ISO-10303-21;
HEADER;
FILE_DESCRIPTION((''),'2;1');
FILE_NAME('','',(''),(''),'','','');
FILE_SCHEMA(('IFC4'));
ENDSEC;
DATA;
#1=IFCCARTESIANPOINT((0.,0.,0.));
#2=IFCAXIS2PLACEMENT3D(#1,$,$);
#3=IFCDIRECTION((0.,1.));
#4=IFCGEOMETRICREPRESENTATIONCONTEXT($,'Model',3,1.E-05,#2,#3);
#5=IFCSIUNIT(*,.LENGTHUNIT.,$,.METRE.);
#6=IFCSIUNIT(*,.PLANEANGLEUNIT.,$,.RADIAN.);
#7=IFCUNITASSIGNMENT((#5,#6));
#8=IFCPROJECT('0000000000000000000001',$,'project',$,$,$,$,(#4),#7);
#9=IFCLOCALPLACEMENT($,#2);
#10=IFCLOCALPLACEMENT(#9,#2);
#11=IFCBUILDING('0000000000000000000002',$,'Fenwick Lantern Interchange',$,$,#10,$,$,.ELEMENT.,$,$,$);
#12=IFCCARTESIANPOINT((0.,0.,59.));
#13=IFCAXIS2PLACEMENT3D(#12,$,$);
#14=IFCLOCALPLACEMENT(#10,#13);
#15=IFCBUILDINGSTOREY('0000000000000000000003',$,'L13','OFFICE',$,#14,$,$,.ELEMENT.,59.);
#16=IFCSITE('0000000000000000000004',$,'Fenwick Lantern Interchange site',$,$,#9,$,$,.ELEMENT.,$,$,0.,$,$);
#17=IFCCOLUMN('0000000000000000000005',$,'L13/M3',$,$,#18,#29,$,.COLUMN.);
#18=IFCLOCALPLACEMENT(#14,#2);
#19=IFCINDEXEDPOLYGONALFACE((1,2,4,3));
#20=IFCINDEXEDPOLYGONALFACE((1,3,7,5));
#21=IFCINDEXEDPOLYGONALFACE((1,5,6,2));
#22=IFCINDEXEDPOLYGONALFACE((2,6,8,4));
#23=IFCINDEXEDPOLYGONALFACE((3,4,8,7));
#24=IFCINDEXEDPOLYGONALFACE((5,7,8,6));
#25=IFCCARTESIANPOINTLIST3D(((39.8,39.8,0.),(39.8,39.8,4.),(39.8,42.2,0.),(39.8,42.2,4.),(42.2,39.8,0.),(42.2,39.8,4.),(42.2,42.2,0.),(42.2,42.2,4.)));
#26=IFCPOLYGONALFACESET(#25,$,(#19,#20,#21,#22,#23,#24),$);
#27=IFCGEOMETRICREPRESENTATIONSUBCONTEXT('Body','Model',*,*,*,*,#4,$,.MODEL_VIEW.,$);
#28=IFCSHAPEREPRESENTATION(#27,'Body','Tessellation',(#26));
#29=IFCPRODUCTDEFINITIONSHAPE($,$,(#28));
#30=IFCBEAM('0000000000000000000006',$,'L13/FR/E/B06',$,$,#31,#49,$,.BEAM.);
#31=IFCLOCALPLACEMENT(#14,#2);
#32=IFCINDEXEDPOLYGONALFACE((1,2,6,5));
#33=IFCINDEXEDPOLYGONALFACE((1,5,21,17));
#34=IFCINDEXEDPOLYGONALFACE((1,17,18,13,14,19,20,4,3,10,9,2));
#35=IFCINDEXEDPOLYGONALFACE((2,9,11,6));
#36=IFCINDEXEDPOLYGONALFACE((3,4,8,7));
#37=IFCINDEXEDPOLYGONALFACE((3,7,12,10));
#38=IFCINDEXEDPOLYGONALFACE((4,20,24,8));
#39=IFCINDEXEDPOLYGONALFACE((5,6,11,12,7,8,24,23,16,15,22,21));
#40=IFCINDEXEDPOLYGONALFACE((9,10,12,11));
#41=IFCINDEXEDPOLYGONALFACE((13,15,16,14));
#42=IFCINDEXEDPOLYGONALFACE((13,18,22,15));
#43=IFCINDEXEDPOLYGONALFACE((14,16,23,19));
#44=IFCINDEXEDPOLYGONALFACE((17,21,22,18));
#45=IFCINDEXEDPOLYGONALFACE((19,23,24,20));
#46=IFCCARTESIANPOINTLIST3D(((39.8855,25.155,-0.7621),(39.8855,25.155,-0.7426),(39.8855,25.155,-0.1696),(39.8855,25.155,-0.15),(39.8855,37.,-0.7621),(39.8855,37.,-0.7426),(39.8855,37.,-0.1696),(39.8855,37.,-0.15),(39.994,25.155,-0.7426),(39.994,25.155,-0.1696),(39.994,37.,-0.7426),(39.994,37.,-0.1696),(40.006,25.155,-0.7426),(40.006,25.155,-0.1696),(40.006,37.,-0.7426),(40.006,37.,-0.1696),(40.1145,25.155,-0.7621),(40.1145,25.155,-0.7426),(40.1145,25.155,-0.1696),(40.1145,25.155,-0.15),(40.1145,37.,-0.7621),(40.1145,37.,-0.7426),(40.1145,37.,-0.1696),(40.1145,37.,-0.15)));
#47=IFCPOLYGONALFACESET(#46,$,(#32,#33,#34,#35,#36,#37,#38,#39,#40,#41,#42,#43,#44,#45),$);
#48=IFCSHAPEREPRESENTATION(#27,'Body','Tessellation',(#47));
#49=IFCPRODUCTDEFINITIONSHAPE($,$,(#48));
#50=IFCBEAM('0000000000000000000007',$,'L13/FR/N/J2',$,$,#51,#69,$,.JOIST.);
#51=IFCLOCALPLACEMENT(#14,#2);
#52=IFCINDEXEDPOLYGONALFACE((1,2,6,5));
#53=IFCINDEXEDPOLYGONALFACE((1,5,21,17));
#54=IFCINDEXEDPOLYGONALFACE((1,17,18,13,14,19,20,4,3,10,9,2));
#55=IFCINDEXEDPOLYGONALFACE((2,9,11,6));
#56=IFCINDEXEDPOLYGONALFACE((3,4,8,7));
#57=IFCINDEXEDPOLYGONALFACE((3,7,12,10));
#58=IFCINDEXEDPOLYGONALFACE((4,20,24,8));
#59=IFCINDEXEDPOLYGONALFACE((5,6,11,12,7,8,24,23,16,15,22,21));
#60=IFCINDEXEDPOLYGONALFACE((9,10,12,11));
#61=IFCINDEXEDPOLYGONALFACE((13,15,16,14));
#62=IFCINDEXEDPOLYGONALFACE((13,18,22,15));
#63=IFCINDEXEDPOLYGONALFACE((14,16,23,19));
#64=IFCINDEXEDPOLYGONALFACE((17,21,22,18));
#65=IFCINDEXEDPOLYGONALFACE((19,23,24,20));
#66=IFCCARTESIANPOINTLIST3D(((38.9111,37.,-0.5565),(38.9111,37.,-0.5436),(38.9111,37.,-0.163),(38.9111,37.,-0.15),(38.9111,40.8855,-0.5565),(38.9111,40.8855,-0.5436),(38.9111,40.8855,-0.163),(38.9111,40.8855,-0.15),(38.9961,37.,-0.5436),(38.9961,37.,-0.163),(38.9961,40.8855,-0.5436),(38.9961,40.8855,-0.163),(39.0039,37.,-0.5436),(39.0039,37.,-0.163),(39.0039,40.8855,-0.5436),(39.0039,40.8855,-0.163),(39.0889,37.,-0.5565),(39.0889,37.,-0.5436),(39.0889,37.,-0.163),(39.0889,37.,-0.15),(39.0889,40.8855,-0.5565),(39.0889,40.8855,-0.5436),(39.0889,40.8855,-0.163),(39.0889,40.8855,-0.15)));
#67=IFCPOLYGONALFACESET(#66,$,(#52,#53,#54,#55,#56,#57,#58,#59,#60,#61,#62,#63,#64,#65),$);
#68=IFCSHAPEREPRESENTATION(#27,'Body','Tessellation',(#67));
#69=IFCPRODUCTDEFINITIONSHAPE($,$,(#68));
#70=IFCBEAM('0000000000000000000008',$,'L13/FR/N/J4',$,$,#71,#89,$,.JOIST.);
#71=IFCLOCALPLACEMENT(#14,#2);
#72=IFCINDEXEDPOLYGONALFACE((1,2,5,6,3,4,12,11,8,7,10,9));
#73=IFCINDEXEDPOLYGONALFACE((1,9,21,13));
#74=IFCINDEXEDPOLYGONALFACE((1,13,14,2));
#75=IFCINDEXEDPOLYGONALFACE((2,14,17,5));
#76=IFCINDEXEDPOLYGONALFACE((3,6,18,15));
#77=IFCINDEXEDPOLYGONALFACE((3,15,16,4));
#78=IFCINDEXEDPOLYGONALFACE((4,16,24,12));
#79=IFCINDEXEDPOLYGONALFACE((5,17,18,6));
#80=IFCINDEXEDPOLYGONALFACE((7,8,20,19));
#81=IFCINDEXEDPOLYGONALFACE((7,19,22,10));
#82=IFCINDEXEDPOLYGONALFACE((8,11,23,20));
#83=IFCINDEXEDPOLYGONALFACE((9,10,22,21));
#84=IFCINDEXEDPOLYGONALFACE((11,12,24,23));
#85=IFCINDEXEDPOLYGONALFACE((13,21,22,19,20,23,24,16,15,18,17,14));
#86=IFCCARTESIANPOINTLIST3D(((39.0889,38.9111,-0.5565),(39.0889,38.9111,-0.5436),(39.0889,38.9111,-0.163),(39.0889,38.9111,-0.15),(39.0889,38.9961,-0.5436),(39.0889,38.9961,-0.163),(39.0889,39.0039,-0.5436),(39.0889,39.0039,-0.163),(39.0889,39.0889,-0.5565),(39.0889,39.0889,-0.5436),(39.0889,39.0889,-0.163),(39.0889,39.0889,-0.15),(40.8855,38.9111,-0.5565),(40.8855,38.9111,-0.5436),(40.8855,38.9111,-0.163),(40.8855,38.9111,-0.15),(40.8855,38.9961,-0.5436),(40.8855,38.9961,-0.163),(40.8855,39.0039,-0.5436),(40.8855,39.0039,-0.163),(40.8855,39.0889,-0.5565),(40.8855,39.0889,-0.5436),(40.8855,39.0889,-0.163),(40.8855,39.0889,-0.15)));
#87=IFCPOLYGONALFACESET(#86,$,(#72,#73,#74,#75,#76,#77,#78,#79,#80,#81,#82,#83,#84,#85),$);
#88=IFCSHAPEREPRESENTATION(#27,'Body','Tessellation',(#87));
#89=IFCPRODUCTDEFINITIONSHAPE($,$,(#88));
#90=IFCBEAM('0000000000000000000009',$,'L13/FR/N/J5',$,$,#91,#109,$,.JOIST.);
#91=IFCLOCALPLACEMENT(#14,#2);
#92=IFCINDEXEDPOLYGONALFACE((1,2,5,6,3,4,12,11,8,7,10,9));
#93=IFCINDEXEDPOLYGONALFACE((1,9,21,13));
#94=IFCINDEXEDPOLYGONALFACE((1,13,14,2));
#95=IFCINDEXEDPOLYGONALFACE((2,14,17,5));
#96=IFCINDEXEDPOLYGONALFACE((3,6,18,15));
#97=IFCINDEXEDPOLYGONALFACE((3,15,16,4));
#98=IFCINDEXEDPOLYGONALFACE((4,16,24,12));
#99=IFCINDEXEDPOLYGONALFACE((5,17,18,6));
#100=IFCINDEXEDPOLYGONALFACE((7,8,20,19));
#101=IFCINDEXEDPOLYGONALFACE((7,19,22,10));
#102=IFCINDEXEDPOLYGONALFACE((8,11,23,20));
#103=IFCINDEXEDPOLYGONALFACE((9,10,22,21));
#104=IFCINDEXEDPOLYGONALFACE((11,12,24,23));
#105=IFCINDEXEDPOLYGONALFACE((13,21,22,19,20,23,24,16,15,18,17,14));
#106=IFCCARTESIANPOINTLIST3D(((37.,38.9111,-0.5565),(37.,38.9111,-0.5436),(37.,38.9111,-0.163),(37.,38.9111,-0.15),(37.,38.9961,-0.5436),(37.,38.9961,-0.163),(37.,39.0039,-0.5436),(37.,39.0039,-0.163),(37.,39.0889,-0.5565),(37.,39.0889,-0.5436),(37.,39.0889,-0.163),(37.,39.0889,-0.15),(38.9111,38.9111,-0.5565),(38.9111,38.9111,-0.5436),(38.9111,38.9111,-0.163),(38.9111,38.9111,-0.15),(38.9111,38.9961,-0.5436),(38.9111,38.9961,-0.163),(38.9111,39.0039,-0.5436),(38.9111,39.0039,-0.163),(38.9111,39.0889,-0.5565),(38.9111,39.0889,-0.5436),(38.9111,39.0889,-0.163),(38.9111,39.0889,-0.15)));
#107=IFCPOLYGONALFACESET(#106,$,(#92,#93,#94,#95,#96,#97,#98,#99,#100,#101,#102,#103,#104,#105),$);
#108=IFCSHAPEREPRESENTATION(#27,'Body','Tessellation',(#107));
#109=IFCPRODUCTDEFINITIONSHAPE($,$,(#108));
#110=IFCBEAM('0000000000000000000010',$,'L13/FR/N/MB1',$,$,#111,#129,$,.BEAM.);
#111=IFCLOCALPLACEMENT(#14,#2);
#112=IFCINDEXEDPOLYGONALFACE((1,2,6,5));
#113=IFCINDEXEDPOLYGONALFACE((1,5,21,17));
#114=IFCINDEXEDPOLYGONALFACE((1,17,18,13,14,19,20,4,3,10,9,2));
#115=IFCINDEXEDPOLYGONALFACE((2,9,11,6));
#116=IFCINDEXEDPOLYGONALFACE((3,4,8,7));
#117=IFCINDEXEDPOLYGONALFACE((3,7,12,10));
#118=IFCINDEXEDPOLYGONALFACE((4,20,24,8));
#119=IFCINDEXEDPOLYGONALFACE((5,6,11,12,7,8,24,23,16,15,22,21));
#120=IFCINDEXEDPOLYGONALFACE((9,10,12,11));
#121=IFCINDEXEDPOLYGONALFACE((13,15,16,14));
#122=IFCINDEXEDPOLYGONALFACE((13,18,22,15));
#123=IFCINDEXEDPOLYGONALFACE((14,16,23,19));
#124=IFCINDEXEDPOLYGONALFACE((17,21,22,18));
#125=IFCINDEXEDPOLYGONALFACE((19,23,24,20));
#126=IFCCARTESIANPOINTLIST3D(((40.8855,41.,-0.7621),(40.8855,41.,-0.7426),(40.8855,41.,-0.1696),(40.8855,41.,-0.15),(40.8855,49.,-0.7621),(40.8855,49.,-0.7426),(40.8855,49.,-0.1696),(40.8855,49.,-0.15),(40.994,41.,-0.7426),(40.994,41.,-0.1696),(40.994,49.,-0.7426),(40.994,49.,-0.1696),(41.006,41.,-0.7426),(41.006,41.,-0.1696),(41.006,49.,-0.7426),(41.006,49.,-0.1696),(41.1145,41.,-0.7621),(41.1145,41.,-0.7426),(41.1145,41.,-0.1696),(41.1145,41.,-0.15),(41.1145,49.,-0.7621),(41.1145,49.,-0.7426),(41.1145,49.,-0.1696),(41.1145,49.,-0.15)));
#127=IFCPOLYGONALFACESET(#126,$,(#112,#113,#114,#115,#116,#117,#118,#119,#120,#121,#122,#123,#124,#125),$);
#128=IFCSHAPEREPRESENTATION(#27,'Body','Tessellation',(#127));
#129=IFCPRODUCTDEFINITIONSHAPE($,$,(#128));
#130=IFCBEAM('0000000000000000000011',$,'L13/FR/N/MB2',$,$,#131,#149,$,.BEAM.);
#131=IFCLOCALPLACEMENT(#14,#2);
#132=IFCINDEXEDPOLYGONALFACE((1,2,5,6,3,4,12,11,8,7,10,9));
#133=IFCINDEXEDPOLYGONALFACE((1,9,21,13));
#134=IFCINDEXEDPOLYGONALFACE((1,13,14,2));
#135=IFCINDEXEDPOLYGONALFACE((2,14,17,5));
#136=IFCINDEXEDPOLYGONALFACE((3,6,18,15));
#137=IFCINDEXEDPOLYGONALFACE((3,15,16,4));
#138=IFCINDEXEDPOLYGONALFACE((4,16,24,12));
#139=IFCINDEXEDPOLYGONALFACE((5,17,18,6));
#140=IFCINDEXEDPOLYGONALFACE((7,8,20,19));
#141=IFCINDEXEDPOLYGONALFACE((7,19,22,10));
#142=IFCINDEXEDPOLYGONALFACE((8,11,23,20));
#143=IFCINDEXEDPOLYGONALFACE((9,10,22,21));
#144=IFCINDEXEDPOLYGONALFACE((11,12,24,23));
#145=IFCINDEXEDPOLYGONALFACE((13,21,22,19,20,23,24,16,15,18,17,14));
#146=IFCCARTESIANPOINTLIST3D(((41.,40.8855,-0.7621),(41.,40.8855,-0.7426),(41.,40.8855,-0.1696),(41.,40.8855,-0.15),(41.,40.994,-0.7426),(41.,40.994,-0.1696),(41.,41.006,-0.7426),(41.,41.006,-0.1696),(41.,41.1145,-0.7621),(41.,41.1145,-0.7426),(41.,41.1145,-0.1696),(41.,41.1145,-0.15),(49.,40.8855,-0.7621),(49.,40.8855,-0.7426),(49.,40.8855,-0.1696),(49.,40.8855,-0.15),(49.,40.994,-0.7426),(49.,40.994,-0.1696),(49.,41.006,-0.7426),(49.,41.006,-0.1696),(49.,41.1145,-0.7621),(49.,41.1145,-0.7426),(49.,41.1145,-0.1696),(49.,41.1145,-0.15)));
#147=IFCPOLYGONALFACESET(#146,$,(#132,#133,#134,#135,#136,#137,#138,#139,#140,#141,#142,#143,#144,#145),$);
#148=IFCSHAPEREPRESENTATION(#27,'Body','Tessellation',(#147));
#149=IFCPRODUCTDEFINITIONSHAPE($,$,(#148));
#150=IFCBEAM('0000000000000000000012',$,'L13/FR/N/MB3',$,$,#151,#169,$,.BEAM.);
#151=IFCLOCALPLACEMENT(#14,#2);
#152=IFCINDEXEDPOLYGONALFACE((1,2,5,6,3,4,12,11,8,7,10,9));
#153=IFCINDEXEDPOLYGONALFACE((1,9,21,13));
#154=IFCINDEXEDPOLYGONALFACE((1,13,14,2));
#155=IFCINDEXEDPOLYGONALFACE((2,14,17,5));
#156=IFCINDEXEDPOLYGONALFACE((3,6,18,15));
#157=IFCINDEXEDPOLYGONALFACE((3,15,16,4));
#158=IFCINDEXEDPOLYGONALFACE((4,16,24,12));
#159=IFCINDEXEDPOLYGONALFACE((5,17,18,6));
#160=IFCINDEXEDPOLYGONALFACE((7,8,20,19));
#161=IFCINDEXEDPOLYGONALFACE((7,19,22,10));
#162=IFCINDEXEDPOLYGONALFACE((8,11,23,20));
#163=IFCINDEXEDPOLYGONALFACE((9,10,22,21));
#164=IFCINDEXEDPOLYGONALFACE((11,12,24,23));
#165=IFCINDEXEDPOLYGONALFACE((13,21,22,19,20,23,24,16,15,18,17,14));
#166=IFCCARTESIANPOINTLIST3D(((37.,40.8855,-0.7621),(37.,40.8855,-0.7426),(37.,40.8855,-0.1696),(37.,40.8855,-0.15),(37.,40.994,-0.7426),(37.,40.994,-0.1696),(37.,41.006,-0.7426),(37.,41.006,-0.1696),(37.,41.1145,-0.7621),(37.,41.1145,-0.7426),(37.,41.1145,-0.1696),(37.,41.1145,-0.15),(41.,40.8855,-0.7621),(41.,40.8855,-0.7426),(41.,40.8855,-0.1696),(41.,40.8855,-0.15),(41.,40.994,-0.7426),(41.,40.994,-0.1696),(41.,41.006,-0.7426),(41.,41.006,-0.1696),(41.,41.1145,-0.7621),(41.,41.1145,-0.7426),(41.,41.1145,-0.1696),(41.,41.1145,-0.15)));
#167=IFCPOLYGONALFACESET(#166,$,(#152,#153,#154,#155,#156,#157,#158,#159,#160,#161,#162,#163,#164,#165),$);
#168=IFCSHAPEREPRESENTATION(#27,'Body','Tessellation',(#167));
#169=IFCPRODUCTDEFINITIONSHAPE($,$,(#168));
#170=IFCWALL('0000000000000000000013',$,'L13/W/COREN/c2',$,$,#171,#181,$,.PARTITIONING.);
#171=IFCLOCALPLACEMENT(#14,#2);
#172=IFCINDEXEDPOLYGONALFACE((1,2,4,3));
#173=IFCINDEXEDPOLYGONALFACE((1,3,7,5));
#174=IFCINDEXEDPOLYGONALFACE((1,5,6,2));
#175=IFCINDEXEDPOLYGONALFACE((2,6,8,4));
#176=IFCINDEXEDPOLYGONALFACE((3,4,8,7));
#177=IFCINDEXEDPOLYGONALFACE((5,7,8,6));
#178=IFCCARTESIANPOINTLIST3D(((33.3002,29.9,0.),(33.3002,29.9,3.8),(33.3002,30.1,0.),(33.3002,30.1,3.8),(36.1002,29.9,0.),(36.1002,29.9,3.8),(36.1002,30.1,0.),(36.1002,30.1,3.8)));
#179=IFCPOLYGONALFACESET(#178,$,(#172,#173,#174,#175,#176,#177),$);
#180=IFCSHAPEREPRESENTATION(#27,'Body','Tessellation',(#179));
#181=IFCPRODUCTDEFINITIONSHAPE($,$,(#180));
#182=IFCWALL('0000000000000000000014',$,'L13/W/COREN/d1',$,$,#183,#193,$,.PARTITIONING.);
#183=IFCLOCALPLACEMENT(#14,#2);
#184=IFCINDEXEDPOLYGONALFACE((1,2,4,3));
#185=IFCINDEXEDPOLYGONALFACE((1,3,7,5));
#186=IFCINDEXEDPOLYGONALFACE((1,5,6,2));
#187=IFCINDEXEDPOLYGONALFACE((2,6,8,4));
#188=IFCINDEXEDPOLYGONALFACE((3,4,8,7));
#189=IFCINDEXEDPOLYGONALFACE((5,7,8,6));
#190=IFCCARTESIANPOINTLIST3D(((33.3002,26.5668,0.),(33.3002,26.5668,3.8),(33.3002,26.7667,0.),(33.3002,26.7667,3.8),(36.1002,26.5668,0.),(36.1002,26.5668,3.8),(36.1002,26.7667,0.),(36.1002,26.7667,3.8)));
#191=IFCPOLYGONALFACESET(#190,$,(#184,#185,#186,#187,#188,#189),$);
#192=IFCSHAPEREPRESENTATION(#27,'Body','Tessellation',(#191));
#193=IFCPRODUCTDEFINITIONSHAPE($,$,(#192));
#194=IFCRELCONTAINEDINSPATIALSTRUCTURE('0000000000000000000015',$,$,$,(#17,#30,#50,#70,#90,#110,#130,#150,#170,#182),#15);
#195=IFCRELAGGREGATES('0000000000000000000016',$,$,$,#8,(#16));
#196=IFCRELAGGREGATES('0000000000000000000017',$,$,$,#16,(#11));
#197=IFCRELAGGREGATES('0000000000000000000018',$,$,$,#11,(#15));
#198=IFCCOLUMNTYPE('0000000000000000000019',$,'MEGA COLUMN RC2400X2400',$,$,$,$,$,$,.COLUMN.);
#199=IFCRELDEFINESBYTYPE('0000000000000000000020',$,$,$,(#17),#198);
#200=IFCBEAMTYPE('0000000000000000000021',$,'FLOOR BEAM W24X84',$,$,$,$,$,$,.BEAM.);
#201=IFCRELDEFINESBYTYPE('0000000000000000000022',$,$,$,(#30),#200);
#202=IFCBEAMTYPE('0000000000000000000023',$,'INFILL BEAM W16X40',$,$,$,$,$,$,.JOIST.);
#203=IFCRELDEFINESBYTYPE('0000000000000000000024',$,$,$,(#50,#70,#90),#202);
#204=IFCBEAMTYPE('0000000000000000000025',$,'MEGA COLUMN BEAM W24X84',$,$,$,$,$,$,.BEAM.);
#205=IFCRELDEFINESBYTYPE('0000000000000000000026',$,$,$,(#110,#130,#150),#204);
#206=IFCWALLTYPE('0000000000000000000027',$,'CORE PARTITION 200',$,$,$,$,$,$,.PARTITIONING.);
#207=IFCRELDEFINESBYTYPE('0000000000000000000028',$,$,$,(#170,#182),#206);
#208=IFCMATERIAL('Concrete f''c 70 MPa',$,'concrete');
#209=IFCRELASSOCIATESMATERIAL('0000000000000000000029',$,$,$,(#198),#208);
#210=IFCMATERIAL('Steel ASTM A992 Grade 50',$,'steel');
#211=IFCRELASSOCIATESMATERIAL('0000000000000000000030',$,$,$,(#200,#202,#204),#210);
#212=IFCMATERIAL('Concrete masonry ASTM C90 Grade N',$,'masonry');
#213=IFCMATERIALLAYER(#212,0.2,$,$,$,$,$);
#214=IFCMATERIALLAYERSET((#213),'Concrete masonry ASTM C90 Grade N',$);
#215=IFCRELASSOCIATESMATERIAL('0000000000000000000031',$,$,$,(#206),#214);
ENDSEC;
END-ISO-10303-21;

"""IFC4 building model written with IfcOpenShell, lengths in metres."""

from ifc_helpers import new_model, si_unit, direction, frame, frame_2d, origin, origin_2d, place, context, subcontext, project, spatial, rectangle, i_section, extrude, material, layer, layer_set, material_profile, profile_set, type_object, element, save


model = new_model("IFC4")

# Units and contexts
model_context = context("Model", 3, precision=1e-05, world=origin(), true_north=direction((0.0, 1.0)))
body_context = subcontext(model_context, "Body", "Model", "MODEL_VIEW")
ifc_project = project(units=[si_unit("LENGTHUNIT", "METRE"), si_unit("PLANEANGLEUNIT", "RADIAN")], contexts=[model_context])

# Site, building, storey
site_placement = place(None, origin())
site = spatial("IfcSite", under=ifc_project, at=site_placement, Name="Fenwick Lantern Interchange site", CompositionType="ELEMENT", RefElevation=0.0)
building_placement = place(site_placement, origin())
building = spatial("IfcBuilding", under=site, at=building_placement, Name="Fenwick Lantern Interchange", CompositionType="ELEMENT")
storey_placement = place(building_placement, frame((0.0, 0.0, 59.0)))
storey = spatial("IfcBuildingStorey", under=building, at=storey_placement, Name="L13", Description="OFFICE", CompositionType="ELEMENT", Elevation=59.0)

# Column
ifc_material_1 = material(Name="Concrete f'c 70 MPa", Category="concrete")
ifc_material_profile_1 = material_profile(ifc_material_1, rectangle(XDim=2.3999, YDim=2.3999, at=origin_2d()), Name="RC2400X2400")
ifc_profile_set_1 = profile_set([ifc_material_profile_1], Name="Concrete f'c 70 MPa")
column_type = type_object("IfcColumnType", Name="MEGA COLUMN RC2400X2400", PredefinedType="COLUMN", material=ifc_profile_set_1)
column_placement = place(storey_placement, frame((41.0, 41.0, 0.0), z_axis=(0.0, 0.0, 1.0), x_axis=(1.0, 0.0, 0.0)))
element("IfcColumn", 1, at=column_placement, inside=storey, type_object=column_type, Name="L13/M3", PredefinedType="COLUMN", context=body_context, shape_type="SweptSolid", body=[
    extrude(rectangle(XDim=2.3999, YDim=2.3999, at=origin_2d()), origin(), (0.0, 0.0, 1.0), 4.0),
])

# Beams
ifc_material_2 = material(Name="Steel ASTM A992 Grade 50", Category="steel")
ifc_material_profile_2 = material_profile(ifc_material_2, i_section(OverallWidth=0.229, OverallDepth=0.6121, WebThickness=0.012, FlangeThickness=0.0195, at=origin_2d()), Name="W24X84")
ifc_profile_set_2 = profile_set([ifc_material_profile_2], Name="Steel ASTM A992 Grade 50")
beam_type_1 = type_object("IfcBeamType", Name="FLOOR BEAM W24X84", PredefinedType="BEAM", material=ifc_profile_set_2)
beam_1_placement = place(storey_placement, frame((40.0, 25.155, -0.4561), z_axis=(0.0, 1.0, 0.0), x_axis=(-1.0, 0.0, 0.0)))
element("IfcBeam", 2, at=beam_1_placement, inside=storey, type_object=beam_type_1, Name="L13/FR/E/B06", PredefinedType="BEAM", context=body_context, shape_type="SweptSolid", body=[
    extrude(i_section(OverallWidth=0.229, OverallDepth=0.6121, WebThickness=0.012, FlangeThickness=0.0195, at=origin_2d()), origin(), (0.0, 0.0, 1.0), 11.845),
])
ifc_material_profile_3 = material_profile(ifc_material_2, i_section(OverallWidth=0.1777, OverallDepth=0.4065, WebThickness=0.0078, FlangeThickness=0.0129, at=origin_2d()), Name="W16X40")
ifc_profile_set_3 = profile_set([ifc_material_profile_3], Name="Steel ASTM A992 Grade 50")
beam_type_2 = type_object("IfcBeamType", Name="INFILL BEAM W16X40", PredefinedType="JOIST", material=ifc_profile_set_3)
beam_2_placement = place(storey_placement, frame((39.0, 40.8855, -0.3533), z_axis=(0.0, -1.0, 0.0), x_axis=(1.0, 0.0, 0.0)))
element("IfcBeam", 3, at=beam_2_placement, inside=storey, type_object=beam_type_2, Name="L13/FR/N/J2", PredefinedType="JOIST", context=body_context, shape_type="SweptSolid", body=[
    extrude(i_section(OverallWidth=0.1777, OverallDepth=0.4065, WebThickness=0.0078, FlangeThickness=0.0129, at=origin_2d()), origin(), (0.0, 0.0, 1.0), 3.8855),
])
beam_3_placement = place(storey_placement, frame((40.8855, 39.0, -0.3533), z_axis=(-1.0, 0.0, 0.0), x_axis=(0.0, -1.0, 0.0)))
element("IfcBeam", 4, at=beam_3_placement, inside=storey, type_object=beam_type_2, Name="L13/FR/N/J4", PredefinedType="JOIST", context=body_context, shape_type="SweptSolid", body=[
    extrude(i_section(OverallWidth=0.1777, OverallDepth=0.4065, WebThickness=0.0078, FlangeThickness=0.0129, at=origin_2d()), origin(), (0.0, 0.0, 1.0), 1.7966),
])
beam_4_placement = place(storey_placement, frame((38.9111, 39.0, -0.3533), z_axis=(-1.0, 0.0, 0.0), x_axis=(0.0, -1.0, 0.0)))
element("IfcBeam", 5, at=beam_4_placement, inside=storey, type_object=beam_type_2, Name="L13/FR/N/J5", PredefinedType="JOIST", context=body_context, shape_type="SweptSolid", body=[
    extrude(i_section(OverallWidth=0.1777, OverallDepth=0.4065, WebThickness=0.0078, FlangeThickness=0.0129, at=origin_2d()), origin(), (0.0, 0.0, 1.0), 1.9111),
])
ifc_material_profile_4 = material_profile(ifc_material_2, i_section(OverallWidth=0.229, OverallDepth=0.6121, WebThickness=0.012, FlangeThickness=0.0195, at=origin_2d()), Name="W24X84")
ifc_profile_set_4 = profile_set([ifc_material_profile_4], Name="Steel ASTM A992 Grade 50")
beam_type_3 = type_object("IfcBeamType", Name="MEGA COLUMN BEAM W24X84", PredefinedType="BEAM", material=ifc_profile_set_4)
for number, where, z_axis, x_axis, name in (
    (6, (41.0, 41.0, -0.4561), (0.0, 1.0, 0.0), (-1.0, 0.0, 0.0), "L13/FR/N/MB1"),
    (7, (41.0, 41.0, -0.4561), (1.0, 0.0, 0.0), (0.0, 1.0, 0.0), "L13/FR/N/MB2"),
):
    element("IfcBeam", number, at=place(storey_placement, frame(where, z_axis=z_axis, x_axis=x_axis)), inside=storey, type_object=beam_type_3, Name=name, PredefinedType="BEAM", context=body_context, shape_type="SweptSolid", body=[
        extrude(i_section(OverallWidth=0.229, OverallDepth=0.6121, WebThickness=0.012, FlangeThickness=0.0195, at=origin_2d()), origin(), (0.0, 0.0, 1.0), 8.0),
    ])
beam_5_placement = place(storey_placement, frame((41.0, 41.0, -0.4561), z_axis=(-1.0, 0.0, 0.0), x_axis=(0.0, -1.0, 0.0)))
element("IfcBeam", 8, at=beam_5_placement, inside=storey, type_object=beam_type_3, Name="L13/FR/N/MB3", PredefinedType="BEAM", context=body_context, shape_type="SweptSolid", body=[
    extrude(i_section(OverallWidth=0.229, OverallDepth=0.6121, WebThickness=0.012, FlangeThickness=0.0195, at=origin_2d()), origin(), (0.0, 0.0, 1.0), 4.0),
])

# Walls
ifc_material_3 = material(Name="Concrete masonry ASTM C90 Grade N", Category="masonry")
ifc_layer_1 = layer(ifc_material_3, 0.2)
ifc_layer_set_1 = layer_set([ifc_layer_1], Name="Concrete masonry ASTM C90 Grade N")
wall_type_1 = type_object("IfcWallType", Name="CORE PARTITION 200", PredefinedType="PARTITIONING", material=ifc_layer_set_1)
for number, where, z_axis, x_axis, name in (
    (9, (36.1001, 30.0, 0.0), (0.0, 0.0, 1.0), (-1.0, 0.0, 0.0), "L13/W/COREN/c2"),
    (10, (36.1001, 26.6667, 0.0), (0.0, 0.0, 1.0), (-1.0, 0.0, 0.0), "L13/W/COREN/d1"),
):
    element("IfcWall", number, at=place(storey_placement, frame(where, z_axis=z_axis, x_axis=x_axis)), inside=storey, type_object=wall_type_1, Name=name, PredefinedType="PARTITIONING", context=body_context, shape_type="SweptSolid", body=[
        extrude(rectangle(XDim=2.8, YDim=0.2, at=frame_2d((1.3999, 0.0))), origin(), (0.0, 0.0, 1.0), 3.8),
    ])

save(model, "model.ifc")
